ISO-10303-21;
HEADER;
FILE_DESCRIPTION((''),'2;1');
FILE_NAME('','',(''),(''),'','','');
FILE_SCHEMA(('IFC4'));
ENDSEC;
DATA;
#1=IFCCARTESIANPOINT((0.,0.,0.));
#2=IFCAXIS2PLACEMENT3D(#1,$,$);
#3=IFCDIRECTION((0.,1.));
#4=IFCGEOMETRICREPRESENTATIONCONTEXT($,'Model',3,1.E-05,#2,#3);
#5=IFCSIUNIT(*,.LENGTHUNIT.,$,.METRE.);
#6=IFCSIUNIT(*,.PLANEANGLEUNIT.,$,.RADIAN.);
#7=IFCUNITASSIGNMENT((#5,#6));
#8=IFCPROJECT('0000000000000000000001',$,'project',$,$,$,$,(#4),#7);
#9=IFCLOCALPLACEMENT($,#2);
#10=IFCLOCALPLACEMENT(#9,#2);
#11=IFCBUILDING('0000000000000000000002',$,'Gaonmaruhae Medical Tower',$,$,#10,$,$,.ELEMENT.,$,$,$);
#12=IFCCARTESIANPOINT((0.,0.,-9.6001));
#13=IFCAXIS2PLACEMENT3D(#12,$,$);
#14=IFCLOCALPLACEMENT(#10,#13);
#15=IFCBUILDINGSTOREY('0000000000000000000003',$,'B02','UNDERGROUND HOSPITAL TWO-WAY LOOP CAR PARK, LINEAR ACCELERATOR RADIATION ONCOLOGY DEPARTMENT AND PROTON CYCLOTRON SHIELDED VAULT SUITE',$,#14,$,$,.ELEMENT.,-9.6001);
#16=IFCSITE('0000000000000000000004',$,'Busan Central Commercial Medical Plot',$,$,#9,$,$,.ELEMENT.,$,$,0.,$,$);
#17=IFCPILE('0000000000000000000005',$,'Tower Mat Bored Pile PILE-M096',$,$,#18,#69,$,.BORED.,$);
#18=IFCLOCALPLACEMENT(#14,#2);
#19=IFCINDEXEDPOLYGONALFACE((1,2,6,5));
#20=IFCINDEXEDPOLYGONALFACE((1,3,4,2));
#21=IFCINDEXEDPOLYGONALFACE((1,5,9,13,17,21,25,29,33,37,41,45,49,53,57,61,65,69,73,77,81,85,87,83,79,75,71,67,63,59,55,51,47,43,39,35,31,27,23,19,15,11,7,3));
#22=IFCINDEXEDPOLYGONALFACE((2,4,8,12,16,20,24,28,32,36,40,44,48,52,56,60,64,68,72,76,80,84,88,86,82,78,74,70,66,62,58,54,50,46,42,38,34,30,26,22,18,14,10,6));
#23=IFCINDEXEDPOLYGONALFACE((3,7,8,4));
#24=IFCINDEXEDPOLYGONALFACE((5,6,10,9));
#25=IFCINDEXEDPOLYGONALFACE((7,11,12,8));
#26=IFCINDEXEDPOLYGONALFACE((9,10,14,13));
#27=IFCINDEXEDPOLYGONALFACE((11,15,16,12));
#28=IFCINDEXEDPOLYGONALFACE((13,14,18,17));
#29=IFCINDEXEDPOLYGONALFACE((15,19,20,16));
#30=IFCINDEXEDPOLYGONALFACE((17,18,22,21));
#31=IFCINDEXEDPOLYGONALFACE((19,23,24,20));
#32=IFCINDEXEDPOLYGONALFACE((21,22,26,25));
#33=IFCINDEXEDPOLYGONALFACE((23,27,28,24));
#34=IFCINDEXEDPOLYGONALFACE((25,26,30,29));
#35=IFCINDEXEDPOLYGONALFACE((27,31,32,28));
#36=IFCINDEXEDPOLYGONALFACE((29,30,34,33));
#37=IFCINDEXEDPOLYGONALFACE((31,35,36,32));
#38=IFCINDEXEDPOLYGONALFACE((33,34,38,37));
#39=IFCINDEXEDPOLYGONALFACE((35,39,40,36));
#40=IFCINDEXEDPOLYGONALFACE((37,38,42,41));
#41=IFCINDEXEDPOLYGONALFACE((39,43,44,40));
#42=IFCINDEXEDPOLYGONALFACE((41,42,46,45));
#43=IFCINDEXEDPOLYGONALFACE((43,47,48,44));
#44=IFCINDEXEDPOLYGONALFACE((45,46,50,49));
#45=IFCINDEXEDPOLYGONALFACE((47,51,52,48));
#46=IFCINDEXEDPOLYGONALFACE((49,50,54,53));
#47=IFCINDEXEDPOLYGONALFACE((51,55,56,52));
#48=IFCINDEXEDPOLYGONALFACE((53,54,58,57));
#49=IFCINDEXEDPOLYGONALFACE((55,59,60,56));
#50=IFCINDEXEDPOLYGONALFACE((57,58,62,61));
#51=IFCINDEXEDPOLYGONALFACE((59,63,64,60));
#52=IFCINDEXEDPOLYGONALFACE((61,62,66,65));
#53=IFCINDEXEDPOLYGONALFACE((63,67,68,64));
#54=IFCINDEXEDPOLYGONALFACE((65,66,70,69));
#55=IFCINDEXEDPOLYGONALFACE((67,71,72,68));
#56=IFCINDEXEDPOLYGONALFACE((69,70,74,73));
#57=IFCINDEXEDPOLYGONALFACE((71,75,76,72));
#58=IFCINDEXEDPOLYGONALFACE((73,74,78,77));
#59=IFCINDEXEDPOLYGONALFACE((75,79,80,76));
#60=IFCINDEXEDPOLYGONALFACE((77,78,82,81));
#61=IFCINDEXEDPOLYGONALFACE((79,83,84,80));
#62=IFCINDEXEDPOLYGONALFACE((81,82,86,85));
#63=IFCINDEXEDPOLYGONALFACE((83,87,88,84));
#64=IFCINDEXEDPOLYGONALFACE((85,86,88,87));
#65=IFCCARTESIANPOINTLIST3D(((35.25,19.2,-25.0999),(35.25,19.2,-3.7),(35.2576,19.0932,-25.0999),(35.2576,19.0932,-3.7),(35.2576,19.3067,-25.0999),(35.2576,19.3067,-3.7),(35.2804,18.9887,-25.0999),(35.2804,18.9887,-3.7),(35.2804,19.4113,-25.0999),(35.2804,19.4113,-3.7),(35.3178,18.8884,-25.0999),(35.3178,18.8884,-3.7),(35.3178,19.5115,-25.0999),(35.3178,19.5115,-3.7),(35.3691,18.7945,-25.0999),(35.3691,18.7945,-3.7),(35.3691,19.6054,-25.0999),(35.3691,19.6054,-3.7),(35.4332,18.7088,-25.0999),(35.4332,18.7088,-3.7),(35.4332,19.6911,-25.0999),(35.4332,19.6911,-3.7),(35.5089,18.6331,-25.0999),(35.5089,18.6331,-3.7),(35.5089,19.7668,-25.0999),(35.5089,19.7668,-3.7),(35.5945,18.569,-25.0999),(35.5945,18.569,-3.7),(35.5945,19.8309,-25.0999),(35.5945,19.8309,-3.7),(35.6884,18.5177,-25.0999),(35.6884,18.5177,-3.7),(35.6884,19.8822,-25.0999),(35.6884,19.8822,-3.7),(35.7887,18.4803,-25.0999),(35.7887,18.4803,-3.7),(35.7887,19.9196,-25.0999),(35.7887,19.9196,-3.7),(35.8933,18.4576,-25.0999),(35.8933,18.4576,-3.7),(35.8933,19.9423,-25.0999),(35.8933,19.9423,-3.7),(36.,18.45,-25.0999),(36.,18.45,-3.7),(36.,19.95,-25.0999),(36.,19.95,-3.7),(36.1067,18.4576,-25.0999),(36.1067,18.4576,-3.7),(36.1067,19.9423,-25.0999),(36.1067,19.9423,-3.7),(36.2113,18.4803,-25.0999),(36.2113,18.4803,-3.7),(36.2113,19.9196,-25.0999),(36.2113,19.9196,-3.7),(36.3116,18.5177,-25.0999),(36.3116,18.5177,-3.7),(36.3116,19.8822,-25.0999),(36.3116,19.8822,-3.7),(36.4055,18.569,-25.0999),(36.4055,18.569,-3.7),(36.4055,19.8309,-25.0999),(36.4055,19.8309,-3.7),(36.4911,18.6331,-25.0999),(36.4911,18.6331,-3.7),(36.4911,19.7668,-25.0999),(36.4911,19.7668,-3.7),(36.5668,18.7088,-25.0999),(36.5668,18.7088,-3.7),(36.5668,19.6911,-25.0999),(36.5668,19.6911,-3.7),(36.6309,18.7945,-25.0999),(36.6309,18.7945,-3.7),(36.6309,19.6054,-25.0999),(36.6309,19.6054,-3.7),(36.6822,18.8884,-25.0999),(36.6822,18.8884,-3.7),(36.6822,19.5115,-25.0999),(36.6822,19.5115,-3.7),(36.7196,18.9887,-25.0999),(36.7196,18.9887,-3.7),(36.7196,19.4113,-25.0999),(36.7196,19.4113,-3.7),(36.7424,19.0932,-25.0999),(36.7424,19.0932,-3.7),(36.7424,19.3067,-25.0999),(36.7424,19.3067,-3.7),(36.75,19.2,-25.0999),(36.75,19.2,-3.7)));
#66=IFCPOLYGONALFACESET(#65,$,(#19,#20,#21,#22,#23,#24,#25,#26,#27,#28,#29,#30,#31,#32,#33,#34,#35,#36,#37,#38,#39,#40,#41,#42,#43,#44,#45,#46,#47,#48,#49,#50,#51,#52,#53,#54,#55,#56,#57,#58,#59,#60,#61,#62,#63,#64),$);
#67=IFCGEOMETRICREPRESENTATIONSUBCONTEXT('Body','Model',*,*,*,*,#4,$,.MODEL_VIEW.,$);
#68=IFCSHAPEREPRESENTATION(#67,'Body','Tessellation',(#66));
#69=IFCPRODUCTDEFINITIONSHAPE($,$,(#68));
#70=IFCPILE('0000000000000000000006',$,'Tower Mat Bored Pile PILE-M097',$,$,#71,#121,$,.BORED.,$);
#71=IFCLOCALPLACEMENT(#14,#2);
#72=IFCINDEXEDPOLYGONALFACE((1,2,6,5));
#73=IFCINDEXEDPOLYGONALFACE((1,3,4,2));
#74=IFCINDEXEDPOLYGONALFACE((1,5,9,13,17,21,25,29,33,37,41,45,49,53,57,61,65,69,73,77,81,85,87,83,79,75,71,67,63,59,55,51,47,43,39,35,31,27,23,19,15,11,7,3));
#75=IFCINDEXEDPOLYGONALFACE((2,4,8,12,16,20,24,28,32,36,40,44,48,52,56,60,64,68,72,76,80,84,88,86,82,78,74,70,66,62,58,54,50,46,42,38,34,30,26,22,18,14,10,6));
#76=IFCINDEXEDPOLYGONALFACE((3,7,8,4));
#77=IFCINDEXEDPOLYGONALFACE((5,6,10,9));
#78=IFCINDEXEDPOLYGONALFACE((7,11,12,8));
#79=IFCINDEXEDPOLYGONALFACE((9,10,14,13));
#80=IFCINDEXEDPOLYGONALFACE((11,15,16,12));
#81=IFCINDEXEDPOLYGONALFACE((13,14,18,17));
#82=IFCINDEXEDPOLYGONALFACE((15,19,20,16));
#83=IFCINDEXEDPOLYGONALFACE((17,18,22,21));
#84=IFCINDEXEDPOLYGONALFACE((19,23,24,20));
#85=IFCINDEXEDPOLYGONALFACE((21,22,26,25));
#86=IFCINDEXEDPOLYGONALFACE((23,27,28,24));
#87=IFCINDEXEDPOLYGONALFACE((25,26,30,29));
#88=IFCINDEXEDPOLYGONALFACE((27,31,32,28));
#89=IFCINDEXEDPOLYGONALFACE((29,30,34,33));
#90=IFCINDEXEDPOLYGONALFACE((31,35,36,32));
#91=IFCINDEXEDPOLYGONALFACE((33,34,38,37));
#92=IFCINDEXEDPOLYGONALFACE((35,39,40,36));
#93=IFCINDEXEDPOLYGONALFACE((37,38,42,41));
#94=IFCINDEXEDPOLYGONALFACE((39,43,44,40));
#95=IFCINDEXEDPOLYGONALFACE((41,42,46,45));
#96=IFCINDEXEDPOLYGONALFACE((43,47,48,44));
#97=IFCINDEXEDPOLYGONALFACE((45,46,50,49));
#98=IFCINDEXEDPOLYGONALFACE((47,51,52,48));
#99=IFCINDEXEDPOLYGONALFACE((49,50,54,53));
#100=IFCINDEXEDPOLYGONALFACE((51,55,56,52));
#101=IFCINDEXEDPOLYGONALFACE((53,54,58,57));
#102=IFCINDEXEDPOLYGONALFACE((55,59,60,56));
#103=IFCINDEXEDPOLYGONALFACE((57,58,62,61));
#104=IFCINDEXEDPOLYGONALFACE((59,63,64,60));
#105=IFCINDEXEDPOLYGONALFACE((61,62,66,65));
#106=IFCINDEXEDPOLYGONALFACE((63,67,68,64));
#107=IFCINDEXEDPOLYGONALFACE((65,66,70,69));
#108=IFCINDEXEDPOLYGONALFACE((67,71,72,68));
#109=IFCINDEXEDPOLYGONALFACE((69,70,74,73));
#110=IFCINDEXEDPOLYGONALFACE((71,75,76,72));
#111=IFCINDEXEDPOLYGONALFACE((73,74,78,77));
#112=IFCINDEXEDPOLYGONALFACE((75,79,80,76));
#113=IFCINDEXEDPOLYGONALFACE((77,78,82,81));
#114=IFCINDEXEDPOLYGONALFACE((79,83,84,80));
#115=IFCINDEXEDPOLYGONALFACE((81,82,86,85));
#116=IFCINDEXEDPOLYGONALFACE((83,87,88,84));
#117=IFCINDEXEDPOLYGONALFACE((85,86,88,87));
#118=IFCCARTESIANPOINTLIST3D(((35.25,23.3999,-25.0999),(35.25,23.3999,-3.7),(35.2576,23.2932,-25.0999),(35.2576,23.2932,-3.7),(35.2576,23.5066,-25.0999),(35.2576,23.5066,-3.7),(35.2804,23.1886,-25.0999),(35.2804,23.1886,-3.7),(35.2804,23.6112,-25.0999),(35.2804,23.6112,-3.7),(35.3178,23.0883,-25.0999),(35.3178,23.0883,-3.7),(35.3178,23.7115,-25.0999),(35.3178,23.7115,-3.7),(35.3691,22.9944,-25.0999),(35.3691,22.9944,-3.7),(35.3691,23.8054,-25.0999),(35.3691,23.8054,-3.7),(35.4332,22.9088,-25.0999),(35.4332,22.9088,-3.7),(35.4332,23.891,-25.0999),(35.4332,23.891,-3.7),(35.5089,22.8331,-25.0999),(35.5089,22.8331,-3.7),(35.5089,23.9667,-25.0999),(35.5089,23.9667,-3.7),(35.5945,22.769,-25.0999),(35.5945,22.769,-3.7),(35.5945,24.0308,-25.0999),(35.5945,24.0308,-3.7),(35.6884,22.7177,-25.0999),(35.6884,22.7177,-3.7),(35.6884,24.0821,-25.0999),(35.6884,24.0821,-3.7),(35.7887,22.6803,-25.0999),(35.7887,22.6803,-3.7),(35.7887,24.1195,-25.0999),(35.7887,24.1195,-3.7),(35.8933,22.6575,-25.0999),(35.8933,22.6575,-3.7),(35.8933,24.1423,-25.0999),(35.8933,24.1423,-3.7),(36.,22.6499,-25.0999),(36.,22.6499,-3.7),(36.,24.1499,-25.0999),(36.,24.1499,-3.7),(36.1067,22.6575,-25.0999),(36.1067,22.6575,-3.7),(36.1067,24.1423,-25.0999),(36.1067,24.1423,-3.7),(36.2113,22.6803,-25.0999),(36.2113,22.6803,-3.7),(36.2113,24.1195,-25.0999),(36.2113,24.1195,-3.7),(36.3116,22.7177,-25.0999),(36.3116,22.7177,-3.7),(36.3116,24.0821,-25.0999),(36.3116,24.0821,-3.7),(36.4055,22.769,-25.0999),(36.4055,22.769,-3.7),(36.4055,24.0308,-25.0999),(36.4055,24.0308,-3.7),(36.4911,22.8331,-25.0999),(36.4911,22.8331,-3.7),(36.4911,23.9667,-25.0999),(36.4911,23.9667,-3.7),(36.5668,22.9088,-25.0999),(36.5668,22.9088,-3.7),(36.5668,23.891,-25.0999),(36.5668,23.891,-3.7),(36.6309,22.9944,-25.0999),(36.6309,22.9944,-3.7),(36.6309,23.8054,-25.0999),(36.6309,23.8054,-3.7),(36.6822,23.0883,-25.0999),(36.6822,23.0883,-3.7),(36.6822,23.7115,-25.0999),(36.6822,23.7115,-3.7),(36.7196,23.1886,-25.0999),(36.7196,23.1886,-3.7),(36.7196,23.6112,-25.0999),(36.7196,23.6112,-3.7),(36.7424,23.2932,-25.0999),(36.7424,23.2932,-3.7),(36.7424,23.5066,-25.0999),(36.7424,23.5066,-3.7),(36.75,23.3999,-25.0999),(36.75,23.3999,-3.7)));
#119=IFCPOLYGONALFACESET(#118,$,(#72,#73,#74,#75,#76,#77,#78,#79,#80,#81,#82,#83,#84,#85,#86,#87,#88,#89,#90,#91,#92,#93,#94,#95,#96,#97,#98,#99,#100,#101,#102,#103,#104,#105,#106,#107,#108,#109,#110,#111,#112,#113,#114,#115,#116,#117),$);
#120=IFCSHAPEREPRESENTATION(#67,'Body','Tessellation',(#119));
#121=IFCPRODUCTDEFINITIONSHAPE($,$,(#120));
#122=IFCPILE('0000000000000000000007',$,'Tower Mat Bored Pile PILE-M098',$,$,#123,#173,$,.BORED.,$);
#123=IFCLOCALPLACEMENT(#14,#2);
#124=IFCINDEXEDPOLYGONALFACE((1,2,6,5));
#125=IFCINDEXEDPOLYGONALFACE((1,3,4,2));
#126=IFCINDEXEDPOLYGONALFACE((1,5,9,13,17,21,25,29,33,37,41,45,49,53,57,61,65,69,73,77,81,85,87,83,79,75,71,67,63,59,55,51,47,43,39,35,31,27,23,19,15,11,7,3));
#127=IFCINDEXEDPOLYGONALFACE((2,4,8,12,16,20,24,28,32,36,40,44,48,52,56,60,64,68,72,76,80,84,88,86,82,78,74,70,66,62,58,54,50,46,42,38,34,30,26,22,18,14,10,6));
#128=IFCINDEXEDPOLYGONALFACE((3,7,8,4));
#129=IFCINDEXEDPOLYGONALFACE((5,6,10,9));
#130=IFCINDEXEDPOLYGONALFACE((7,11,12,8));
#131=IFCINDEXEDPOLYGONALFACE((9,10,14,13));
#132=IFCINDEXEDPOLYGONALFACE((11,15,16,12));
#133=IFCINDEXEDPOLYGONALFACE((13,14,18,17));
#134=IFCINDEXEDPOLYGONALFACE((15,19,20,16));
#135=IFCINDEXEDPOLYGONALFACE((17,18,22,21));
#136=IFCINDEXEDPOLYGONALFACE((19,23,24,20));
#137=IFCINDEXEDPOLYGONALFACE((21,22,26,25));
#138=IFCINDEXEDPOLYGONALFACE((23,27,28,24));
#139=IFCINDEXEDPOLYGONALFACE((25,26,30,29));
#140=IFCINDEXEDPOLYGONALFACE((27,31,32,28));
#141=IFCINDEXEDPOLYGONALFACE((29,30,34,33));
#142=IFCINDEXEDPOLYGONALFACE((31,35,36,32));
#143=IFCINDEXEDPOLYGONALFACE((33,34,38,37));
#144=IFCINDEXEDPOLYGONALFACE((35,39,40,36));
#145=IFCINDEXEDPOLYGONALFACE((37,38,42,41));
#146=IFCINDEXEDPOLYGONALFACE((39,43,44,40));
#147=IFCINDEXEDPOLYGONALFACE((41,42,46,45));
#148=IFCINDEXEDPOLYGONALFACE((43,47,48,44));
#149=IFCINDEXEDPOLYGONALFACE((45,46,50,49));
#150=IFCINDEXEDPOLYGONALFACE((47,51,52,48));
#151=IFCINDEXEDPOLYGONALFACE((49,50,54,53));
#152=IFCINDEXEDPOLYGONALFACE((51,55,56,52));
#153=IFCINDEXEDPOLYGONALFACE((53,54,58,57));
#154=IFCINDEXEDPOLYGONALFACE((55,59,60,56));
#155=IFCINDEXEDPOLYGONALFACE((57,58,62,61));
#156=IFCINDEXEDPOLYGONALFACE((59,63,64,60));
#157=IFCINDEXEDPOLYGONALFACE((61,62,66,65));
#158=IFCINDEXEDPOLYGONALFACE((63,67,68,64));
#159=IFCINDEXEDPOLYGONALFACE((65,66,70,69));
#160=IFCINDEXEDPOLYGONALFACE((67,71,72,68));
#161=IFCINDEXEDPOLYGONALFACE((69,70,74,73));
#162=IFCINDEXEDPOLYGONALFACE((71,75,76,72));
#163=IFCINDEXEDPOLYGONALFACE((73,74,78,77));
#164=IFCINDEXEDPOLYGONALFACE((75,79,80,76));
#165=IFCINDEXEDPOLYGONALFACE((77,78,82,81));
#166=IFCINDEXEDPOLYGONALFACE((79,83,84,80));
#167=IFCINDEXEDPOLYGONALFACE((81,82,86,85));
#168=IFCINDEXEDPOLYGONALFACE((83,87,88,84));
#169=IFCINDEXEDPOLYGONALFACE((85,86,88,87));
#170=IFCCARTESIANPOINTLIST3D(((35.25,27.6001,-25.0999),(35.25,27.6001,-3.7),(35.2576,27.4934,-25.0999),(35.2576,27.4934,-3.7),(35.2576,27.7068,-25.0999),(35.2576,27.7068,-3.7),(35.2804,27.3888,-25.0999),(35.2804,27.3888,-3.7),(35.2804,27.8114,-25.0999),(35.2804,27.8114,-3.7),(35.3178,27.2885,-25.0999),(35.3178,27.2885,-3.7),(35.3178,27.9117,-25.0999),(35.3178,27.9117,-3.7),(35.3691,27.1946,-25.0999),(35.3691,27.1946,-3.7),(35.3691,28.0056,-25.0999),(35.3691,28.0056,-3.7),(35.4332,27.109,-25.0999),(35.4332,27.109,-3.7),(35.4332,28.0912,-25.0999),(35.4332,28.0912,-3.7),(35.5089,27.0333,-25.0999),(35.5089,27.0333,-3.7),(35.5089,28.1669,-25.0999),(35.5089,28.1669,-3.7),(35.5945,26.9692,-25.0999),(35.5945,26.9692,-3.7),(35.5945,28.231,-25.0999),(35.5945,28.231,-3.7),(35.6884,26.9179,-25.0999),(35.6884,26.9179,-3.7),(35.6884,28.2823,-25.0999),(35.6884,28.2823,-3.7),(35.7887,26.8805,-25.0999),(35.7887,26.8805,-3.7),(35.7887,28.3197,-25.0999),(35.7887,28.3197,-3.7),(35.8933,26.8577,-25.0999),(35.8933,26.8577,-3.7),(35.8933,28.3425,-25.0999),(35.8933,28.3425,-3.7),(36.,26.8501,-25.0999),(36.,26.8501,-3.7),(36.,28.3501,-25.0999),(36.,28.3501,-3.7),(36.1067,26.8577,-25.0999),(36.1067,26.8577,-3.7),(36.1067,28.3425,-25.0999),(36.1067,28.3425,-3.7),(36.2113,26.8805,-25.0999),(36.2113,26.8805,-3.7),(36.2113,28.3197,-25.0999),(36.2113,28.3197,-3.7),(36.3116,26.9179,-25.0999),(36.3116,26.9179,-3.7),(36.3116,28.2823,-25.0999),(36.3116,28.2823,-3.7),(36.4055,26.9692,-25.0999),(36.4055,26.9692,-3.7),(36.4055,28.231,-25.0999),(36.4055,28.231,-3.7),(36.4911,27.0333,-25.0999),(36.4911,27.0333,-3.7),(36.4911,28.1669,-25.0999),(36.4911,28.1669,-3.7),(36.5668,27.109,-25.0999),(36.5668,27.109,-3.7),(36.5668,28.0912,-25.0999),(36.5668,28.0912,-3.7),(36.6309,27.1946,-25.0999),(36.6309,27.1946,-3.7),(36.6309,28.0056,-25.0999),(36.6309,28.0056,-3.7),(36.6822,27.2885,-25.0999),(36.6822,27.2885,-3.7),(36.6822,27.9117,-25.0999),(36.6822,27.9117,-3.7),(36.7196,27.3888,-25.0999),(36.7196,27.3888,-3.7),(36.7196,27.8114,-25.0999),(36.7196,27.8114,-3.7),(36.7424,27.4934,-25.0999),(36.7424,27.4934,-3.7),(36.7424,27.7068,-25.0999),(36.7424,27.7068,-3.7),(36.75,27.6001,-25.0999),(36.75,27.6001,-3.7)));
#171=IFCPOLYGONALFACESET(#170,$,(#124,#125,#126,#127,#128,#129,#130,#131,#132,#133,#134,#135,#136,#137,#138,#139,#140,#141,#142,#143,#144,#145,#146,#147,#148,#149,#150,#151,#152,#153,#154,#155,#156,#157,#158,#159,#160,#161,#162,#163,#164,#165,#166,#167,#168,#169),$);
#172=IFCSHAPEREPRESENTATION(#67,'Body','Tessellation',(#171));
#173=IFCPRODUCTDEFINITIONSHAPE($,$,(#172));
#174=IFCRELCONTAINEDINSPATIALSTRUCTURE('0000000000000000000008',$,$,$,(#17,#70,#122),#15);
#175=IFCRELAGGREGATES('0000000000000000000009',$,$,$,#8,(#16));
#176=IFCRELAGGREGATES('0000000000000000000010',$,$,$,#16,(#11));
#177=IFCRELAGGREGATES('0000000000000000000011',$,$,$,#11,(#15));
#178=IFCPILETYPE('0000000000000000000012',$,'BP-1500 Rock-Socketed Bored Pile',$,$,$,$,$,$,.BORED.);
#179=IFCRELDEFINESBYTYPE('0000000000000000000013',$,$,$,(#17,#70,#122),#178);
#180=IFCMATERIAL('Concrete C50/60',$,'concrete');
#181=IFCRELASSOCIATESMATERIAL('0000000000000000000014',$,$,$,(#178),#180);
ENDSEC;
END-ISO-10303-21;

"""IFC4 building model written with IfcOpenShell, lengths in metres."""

from ifc_helpers import new_model, si_unit, direction, frame, origin, origin_2d, place, context, subcontext, project, spatial, circle, extrude, material, material_profile, profile_set, type_object, element, save


model = new_model("IFC4")

# Units and contexts
model_context = context("Model", 3, precision=1e-05, world=origin(), true_north=direction((0.0, 1.0)))
body_context = subcontext(model_context, "Body", "Model", "MODEL_VIEW")
ifc_project = project(units=[si_unit("LENGTHUNIT", "METRE"), si_unit("PLANEANGLEUNIT", "RADIAN")], contexts=[model_context])

# Site, building, storey
site_placement = place(None, origin())
site = spatial("IfcSite", under=ifc_project, at=site_placement, Name="Busan Central Commercial Medical Plot", CompositionType="ELEMENT", RefElevation=0.0)
building_placement = place(site_placement, origin())
building = spatial("IfcBuilding", under=site, at=building_placement, Name="Gaonmaruhae Medical Tower", CompositionType="ELEMENT")
storey_placement = place(building_placement, frame((0.0, 0.0, -9.6001)))
storey = spatial("IfcBuildingStorey", under=building, at=storey_placement, Name="B02", Description="UNDERGROUND HOSPITAL TWO-WAY LOOP CAR PARK, LINEAR ACCELERATOR RADIATION ONCOLOGY DEPARTMENT AND PROTON CYCLOTRON SHIELDED VAULT SUITE", CompositionType="ELEMENT", Elevation=-9.6001)

# Piles
ifc_material_1 = material(Name="Concrete C50/60", Category="concrete")
ifc_material_profile_1 = material_profile(ifc_material_1, circle(Radius=0.75, at=origin_2d()), Name="PILE-D1500")
ifc_profile_set_1 = profile_set([ifc_material_profile_1], Name="Concrete C50/60")
pile_type = type_object("IfcPileType", Name="BP-1500 Rock-Socketed Bored Pile", PredefinedType="BORED", material=ifc_profile_set_1)
for number, where, z_axis, x_axis, name in (
    (1, (36.0, 19.2, -3.7), (0.0, 0.0, -1.0), (1.0, 0.0, 0.0), "Tower Mat Bored Pile PILE-M096"),
    (2, (36.0, 23.3999, -3.7), (0.0, 0.0, -1.0), (1.0, 0.0, 0.0), "Tower Mat Bored Pile PILE-M097"),
    (3, (36.0, 27.6001, -3.7), (0.0, 0.0, -1.0), (1.0, 0.0, 0.0), "Tower Mat Bored Pile PILE-M098"),
):
    element("IfcPile", number, at=place(storey_placement, frame(where, z_axis=z_axis, x_axis=x_axis)), inside=storey, type_object=pile_type, Name=name, PredefinedType="BORED", context=body_context, shape_type="SweptSolid", body=[
        extrude(circle(Radius=0.75, at=origin_2d()), origin(), (0.0, 0.0, 1.0), 21.3999),
    ])

save(model, "model.ifc")
